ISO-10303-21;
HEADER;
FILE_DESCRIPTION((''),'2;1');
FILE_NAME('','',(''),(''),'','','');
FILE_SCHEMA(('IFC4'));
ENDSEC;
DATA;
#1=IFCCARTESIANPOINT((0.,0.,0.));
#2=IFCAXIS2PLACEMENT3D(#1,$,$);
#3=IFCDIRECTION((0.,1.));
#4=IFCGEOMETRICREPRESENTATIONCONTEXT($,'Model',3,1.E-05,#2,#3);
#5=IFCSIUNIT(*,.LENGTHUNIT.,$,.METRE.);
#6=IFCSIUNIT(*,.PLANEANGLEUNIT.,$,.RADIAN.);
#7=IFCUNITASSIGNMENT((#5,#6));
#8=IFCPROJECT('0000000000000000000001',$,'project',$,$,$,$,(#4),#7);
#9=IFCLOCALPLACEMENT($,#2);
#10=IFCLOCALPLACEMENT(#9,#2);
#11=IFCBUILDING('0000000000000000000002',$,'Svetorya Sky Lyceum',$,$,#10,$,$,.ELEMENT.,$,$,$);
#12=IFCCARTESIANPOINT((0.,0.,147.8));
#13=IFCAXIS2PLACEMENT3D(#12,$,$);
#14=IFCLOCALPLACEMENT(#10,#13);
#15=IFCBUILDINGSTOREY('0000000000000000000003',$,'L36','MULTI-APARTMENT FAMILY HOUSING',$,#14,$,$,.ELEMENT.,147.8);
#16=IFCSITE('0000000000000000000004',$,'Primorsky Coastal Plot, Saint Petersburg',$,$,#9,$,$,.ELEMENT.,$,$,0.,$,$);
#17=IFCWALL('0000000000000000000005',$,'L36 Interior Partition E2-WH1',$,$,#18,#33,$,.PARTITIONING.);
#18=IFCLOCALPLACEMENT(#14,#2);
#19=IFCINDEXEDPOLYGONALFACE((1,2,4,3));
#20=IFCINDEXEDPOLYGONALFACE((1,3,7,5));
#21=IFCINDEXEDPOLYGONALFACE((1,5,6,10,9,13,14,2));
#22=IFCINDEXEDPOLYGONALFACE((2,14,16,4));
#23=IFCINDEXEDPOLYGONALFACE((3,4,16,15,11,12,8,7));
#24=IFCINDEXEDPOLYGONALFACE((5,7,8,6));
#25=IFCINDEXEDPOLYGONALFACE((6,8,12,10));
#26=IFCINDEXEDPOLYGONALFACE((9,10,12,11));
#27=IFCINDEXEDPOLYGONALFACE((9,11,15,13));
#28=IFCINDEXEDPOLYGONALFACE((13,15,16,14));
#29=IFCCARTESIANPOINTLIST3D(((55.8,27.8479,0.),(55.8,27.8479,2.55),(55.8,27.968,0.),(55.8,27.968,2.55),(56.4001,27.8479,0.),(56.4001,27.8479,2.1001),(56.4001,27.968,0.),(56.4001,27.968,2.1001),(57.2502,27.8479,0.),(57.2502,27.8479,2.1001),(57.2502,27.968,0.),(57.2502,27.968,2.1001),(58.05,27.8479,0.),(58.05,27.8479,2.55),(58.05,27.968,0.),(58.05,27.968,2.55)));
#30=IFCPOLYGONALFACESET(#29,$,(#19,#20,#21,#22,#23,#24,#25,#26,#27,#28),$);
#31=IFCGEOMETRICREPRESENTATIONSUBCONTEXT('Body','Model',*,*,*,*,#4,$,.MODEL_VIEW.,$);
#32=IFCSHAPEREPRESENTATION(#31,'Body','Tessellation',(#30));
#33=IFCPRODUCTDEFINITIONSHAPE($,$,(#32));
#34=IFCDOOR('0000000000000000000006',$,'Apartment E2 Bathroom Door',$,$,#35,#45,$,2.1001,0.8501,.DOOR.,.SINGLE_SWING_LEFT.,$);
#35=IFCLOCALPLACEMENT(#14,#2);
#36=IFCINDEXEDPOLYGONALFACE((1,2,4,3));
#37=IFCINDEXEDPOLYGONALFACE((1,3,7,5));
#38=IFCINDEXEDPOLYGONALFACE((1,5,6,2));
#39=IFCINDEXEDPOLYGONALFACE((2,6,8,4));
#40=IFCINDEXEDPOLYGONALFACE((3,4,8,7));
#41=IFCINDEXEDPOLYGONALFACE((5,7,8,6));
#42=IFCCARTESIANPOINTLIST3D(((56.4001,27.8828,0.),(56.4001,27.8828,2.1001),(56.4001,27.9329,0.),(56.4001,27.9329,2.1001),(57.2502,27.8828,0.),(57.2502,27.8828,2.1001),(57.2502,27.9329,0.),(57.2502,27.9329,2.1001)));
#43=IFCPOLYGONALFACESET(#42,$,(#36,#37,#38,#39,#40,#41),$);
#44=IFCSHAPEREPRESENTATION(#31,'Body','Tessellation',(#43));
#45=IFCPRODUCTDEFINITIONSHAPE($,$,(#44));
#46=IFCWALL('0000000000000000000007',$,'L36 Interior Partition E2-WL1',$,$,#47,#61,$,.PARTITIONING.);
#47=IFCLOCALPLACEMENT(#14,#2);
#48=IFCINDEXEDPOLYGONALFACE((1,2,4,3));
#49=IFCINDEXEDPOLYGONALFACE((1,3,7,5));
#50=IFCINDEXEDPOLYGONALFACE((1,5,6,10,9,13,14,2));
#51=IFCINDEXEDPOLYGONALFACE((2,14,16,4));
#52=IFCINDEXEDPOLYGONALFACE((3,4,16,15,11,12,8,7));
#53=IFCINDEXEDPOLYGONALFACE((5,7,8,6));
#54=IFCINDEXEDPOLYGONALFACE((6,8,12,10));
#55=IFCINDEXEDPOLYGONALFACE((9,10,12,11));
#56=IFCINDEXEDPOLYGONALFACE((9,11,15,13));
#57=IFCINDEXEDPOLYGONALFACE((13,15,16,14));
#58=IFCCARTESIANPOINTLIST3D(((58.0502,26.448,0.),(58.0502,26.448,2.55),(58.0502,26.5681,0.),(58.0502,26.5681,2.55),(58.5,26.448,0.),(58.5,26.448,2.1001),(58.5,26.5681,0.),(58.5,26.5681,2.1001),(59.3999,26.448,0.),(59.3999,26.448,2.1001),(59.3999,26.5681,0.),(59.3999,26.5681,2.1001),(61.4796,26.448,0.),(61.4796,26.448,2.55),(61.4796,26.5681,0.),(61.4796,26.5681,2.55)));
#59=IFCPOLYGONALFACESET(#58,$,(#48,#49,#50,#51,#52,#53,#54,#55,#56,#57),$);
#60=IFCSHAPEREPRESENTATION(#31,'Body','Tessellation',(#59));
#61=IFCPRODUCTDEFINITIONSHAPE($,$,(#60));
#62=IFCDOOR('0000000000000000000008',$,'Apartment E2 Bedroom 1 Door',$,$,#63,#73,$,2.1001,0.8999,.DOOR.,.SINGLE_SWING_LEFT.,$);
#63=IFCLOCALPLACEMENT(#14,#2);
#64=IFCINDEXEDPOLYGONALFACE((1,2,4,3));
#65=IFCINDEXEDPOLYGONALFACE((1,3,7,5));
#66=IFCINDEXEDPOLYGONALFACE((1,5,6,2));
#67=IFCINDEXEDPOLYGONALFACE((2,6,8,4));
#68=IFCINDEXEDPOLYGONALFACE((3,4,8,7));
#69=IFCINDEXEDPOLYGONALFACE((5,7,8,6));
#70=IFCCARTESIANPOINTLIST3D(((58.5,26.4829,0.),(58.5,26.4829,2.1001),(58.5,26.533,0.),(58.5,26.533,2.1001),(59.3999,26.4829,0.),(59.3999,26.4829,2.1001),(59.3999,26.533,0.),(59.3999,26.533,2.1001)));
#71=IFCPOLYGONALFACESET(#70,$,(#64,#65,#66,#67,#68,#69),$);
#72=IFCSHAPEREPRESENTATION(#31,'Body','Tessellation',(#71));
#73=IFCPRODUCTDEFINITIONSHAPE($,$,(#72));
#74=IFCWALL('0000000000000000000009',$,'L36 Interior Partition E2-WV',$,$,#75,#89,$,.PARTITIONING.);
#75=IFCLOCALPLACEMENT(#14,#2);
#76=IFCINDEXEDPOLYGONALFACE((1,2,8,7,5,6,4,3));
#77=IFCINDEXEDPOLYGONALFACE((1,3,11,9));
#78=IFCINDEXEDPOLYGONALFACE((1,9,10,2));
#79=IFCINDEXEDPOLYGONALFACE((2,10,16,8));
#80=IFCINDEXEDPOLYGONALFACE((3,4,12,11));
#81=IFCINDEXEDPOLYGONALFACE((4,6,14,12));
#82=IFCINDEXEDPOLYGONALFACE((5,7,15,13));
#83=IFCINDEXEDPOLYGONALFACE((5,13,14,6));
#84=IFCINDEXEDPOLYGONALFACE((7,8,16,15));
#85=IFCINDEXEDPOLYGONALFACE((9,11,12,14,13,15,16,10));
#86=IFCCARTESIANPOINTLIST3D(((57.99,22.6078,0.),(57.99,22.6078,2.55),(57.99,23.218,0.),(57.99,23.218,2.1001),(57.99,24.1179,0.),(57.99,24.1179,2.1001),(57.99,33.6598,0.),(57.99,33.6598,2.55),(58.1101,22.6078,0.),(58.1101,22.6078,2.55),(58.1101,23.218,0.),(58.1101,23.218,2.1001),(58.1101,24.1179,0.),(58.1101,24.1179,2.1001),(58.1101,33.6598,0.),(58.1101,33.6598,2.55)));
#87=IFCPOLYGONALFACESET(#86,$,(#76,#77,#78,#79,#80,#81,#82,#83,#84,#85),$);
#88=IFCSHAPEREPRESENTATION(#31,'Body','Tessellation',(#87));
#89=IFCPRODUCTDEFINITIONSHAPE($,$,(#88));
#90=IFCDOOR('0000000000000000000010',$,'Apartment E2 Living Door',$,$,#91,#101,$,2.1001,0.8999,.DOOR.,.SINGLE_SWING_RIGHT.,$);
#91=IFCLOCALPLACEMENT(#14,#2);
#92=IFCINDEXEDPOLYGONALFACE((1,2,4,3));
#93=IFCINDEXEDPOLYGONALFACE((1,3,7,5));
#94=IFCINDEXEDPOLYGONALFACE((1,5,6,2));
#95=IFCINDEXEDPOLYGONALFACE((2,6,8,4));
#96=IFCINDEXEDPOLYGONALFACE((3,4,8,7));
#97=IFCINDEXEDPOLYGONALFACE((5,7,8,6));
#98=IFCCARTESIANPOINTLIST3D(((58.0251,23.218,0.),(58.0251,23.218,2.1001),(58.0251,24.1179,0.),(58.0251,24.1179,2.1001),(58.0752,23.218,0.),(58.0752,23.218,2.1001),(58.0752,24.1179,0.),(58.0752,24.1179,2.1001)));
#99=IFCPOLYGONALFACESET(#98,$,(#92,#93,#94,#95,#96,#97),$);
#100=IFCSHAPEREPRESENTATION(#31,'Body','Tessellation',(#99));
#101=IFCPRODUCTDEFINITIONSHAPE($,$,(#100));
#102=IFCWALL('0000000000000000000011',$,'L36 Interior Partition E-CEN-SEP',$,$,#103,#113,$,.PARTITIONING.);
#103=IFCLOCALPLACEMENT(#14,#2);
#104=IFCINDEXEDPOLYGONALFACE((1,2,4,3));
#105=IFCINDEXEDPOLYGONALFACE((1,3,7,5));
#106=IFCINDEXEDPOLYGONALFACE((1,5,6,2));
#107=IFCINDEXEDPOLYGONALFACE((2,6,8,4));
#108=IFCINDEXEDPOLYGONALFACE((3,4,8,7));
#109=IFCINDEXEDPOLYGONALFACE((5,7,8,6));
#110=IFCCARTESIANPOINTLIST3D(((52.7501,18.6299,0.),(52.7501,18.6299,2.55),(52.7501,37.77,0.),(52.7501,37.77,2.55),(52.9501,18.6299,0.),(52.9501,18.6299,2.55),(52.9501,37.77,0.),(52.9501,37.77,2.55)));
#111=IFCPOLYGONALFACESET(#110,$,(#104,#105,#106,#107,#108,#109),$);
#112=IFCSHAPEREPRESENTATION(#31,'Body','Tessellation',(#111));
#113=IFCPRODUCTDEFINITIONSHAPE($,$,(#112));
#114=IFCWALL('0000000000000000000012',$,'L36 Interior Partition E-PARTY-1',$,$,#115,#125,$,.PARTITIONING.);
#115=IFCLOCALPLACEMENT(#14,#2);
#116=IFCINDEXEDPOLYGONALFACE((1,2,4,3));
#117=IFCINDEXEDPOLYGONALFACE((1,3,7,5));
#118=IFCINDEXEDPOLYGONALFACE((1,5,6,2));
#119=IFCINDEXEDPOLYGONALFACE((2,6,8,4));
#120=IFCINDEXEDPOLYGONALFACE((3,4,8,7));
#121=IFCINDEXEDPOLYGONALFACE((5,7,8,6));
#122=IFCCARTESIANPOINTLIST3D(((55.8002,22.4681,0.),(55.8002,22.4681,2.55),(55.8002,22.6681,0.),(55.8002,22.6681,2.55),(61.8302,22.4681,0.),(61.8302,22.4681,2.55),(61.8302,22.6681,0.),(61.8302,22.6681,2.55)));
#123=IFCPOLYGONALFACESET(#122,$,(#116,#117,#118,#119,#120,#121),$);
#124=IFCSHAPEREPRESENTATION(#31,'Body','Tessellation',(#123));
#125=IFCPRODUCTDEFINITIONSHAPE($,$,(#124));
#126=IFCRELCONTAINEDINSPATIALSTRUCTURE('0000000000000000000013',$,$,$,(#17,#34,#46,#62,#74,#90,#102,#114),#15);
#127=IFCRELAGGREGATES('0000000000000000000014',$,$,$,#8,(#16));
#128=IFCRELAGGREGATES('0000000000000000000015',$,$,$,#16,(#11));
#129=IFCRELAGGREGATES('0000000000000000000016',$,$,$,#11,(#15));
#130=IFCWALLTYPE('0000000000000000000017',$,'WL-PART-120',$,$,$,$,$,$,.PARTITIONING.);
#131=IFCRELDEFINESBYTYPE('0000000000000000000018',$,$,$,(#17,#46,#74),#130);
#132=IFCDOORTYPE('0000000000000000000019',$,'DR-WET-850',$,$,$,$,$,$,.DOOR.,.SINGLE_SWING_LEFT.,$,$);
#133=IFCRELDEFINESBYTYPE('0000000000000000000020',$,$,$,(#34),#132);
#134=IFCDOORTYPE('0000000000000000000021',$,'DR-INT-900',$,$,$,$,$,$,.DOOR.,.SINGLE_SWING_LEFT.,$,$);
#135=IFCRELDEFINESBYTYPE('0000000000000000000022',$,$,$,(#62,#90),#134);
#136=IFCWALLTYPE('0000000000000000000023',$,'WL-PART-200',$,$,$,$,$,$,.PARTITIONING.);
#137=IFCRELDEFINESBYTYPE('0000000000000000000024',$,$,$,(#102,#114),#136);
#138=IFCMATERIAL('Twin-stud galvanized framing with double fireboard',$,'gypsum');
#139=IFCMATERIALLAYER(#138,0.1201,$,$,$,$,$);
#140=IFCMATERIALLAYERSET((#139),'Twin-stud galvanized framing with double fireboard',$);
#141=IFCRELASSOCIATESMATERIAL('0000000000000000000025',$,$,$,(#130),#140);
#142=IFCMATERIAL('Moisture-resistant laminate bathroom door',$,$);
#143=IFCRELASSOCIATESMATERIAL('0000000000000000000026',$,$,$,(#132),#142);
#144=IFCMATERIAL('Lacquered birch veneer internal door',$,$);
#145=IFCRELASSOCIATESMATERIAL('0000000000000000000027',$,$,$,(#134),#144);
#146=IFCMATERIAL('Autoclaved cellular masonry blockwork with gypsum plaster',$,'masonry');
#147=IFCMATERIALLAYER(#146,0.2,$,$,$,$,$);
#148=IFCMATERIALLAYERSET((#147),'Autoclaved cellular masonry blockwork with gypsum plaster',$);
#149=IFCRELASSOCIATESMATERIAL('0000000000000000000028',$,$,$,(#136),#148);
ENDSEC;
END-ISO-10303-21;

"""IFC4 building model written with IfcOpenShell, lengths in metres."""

from ifc_helpers import new_model, si_unit, direction, frame, frame_2d, origin, place, context, subcontext, project, spatial, rectangle, extrude, material, layer, layer_set, type_object, element, fill, save


model = new_model("IFC4")

# Units and contexts
model_context = context("Model", 3, precision=1e-05, world=origin(), true_north=direction((0.0, 1.0)))
body_context = subcontext(model_context, "Body", "Model", "MODEL_VIEW")
ifc_project = project(units=[si_unit("LENGTHUNIT", "METRE"), si_unit("PLANEANGLEUNIT", "RADIAN")], contexts=[model_context])

# Site, building, storey
site_placement = place(None, origin())
site = spatial("IfcSite", under=ifc_project, at=site_placement, Name="Primorsky Coastal Plot, Saint Petersburg", CompositionType="ELEMENT", RefElevation=0.0)
building_placement = place(site_placement, origin())
building = spatial("IfcBuilding", under=site, at=building_placement, Name="Svetorya Sky Lyceum", CompositionType="ELEMENT")
storey_placement = place(building_placement, frame((0.0, 0.0, 147.8)))
storey = spatial("IfcBuildingStorey", under=building, at=storey_placement, Name="L36", Description="MULTI-APARTMENT FAMILY HOUSING", CompositionType="ELEMENT", Elevation=147.8)

# Shared definitions
ifc_material_1 = material(Name="Twin-stud galvanized framing with double fireboard", Category="gypsum")
ifc_layer_1 = layer(ifc_material_1, 0.1201)
ifc_layer_set_1 = layer_set([ifc_layer_1], Name="Twin-stud galvanized framing with double fireboard")
wall_type_1 = type_object("IfcWallType", Name="WL-PART-120", PredefinedType="PARTITIONING", material=ifc_layer_set_1)

# Walls, openings, doors
wall_1_placement = place(storey_placement, frame((55.8, 27.908, 0.0), z_axis=(0.0, 0.0, 1.0), x_axis=(1.0, 0.0, 0.0)))
wall_1 = element("IfcWall", 1, at=wall_1_placement, inside=storey, type_object=wall_type_1, Name="L36 Interior Partition E2-WH1", PredefinedType="PARTITIONING", context=body_context, shape_type="SweptSolid", body=[
    extrude(rectangle(XDim=2.25, YDim=0.1201, at=frame_2d((1.125, 0.0))), origin(), (0.0, 0.0, 1.0), 2.55),
])
opening_1_placement = place(wall_1_placement, frame((0.6001, 0.0, 0.0)))
opening_1 = element("IfcOpeningElement", 2, at=opening_1_placement, cuts=wall_1, PredefinedType="OPENING", context=body_context, shape_type="SweptSolid", body=[
    extrude(rectangle(XDim=0.8501, YDim=2.1001, at=frame_2d((0.425, 1.05))), frame((0.0, 0.0701, 0.0), z_axis=(0.0, -1.0, 0.0), x_axis=(1.0, 0.0, 0.0)), (0.0, 0.0, 1.0), 0.1401),
])
ifc_material_2 = material(Name="Moisture-resistant laminate bathroom door")
door_type_1 = type_object("IfcDoorType", Name="DR-WET-850", OperationType="SINGLE_SWING_LEFT", PredefinedType="DOOR", material=ifc_material_2)
door_1_placement = place(opening_1_placement, origin())
door_1 = element("IfcDoor", 3, at=door_1_placement, inside=storey, type_object=door_type_1, Name="Apartment E2 Bathroom Door", OperationType="SINGLE_SWING_LEFT", OverallHeight=2.1001, OverallWidth=0.8501, PredefinedType="DOOR", context=body_context, shape_type="SweptSolid", body=[
    extrude(rectangle(XDim=0.8501, YDim=2.1001, at=frame_2d((0.425, 1.05))), frame((0.0, 0.0249, 0.0), z_axis=(0.0, -1.0, 0.0), x_axis=(1.0, 0.0, 0.0)), (0.0, 0.0, 1.0), 0.05),
])
fill(opening_1, door_1)
wall_2_placement = place(storey_placement, frame((58.05, 26.5081, 0.0), z_axis=(0.0, 0.0, 1.0), x_axis=(1.0, 0.0, 0.0)))
wall_2 = element("IfcWall", 4, at=wall_2_placement, inside=storey, type_object=wall_type_1, Name="L36 Interior Partition E2-WL1", PredefinedType="PARTITIONING", context=body_context, shape_type="SweptSolid", body=[
    extrude(rectangle(XDim=3.4294, YDim=0.1201, at=frame_2d((1.7148, 0.0))), origin(), (0.0, 0.0, 1.0), 2.55),
])
opening_2_placement = place(wall_2_placement, frame((0.45, 0.0, 0.0)))
opening_2 = element("IfcOpeningElement", 5, at=opening_2_placement, cuts=wall_2, PredefinedType="OPENING", context=body_context, shape_type="SweptSolid", body=[
    extrude(rectangle(XDim=0.8999, YDim=2.1001, at=frame_2d((0.45, 1.05))), frame((0.0, 0.0701, 0.0), z_axis=(0.0, -1.0, 0.0), x_axis=(1.0, 0.0, 0.0)), (0.0, 0.0, 1.0), 0.1401),
])
ifc_material_3 = material(Name="Lacquered birch veneer internal door")
door_type_2 = type_object("IfcDoorType", Name="DR-INT-900", OperationType="SINGLE_SWING_LEFT", PredefinedType="DOOR", material=ifc_material_3)
door_2_placement = place(opening_2_placement, origin())
door_2 = element("IfcDoor", 6, at=door_2_placement, inside=storey, type_object=door_type_2, Name="Apartment E2 Bedroom 1 Door", OperationType="SINGLE_SWING_LEFT", OverallHeight=2.1001, OverallWidth=0.8999, PredefinedType="DOOR", context=body_context, shape_type="SweptSolid", body=[
    extrude(rectangle(XDim=0.8999, YDim=2.1001, at=frame_2d((0.45, 1.05))), frame((0.0, 0.0249, 0.0), z_axis=(0.0, -1.0, 0.0), x_axis=(1.0, 0.0, 0.0)), (0.0, 0.0, 1.0), 0.05),
])
fill(opening_2, door_2)
wall_3_placement = place(storey_placement, frame((58.05, 22.6079, 0.0), z_axis=(0.0, 0.0, 1.0), x_axis=(0.0, 1.0, 0.0)))
wall_3 = element("IfcWall", 7, at=wall_3_placement, inside=storey, type_object=wall_type_1, Name="L36 Interior Partition E2-WV", PredefinedType="PARTITIONING", context=body_context, shape_type="SweptSolid", body=[
    extrude(rectangle(XDim=11.052, YDim=0.1201, at=frame_2d((5.5259, 0.0))), origin(), (0.0, 0.0, 1.0), 2.55),
])
opening_3_placement = place(wall_3_placement, frame((0.6101, 0.0, 0.0)))
opening_3 = element("IfcOpeningElement", 8, at=opening_3_placement, cuts=wall_3, PredefinedType="OPENING", context=body_context, shape_type="SweptSolid", body=[
    extrude(rectangle(XDim=0.8999, YDim=2.1001, at=frame_2d((0.45, 1.05))), frame((0.0, 0.0701, 0.0), z_axis=(0.0, -1.0, 0.0), x_axis=(1.0, 0.0, 0.0)), (0.0, 0.0, 1.0), 0.1401),
])
door_3_placement = place(opening_3_placement, origin())
door_3 = element("IfcDoor", 9, at=door_3_placement, inside=storey, type_object=door_type_2, Name="Apartment E2 Living Door", OperationType="SINGLE_SWING_RIGHT", OverallHeight=2.1001, OverallWidth=0.8999, PredefinedType="DOOR", context=body_context, shape_type="SweptSolid", body=[
    extrude(rectangle(XDim=0.8999, YDim=2.1001, at=frame_2d((0.45, 1.05))), frame((0.0, 0.0249, 0.0), z_axis=(0.0, -1.0, 0.0), x_axis=(1.0, 0.0, 0.0)), (0.0, 0.0, 1.0), 0.05),
])
fill(opening_3, door_3)

# Walls
ifc_material_4 = material(Name="Autoclaved cellular masonry blockwork with gypsum plaster", Category="masonry")
ifc_layer_2 = layer(ifc_material_4, 0.2)
ifc_layer_set_2 = layer_set([ifc_layer_2], Name="Autoclaved cellular masonry blockwork with gypsum plaster")
wall_type_2 = type_object("IfcWallType", Name="WL-PART-200", PredefinedType="PARTITIONING", material=ifc_layer_set_2)
wall_4_placement = place(storey_placement, frame((52.8501, 18.6299, 0.0), z_axis=(0.0, 0.0, 1.0), x_axis=(0.0, 1.0, 0.0)))
element("IfcWall", 10, at=wall_4_placement, inside=storey, type_object=wall_type_2, Name="L36 Interior Partition E-CEN-SEP", PredefinedType="PARTITIONING", context=body_context, shape_type="SweptSolid", body=[
    extrude(rectangle(XDim=19.1401, YDim=0.2, at=frame_2d((9.5701, 0.0))), origin(), (0.0, 0.0, 1.0), 2.55),
])
wall_5_placement = place(storey_placement, frame((55.8, 22.5681, 0.0), z_axis=(0.0, 0.0, 1.0), x_axis=(1.0, 0.0, 0.0)))
element("IfcWall", 11, at=wall_5_placement, inside=storey, type_object=wall_type_2, Name="L36 Interior Partition E-PARTY-1", PredefinedType="PARTITIONING", context=body_context, shape_type="SweptSolid", body=[
    extrude(rectangle(XDim=6.03, YDim=0.2, at=frame_2d((3.0151, 0.0))), origin(), (0.0, 0.0, 1.0), 2.55),
])

save(model, "model.ifc")
